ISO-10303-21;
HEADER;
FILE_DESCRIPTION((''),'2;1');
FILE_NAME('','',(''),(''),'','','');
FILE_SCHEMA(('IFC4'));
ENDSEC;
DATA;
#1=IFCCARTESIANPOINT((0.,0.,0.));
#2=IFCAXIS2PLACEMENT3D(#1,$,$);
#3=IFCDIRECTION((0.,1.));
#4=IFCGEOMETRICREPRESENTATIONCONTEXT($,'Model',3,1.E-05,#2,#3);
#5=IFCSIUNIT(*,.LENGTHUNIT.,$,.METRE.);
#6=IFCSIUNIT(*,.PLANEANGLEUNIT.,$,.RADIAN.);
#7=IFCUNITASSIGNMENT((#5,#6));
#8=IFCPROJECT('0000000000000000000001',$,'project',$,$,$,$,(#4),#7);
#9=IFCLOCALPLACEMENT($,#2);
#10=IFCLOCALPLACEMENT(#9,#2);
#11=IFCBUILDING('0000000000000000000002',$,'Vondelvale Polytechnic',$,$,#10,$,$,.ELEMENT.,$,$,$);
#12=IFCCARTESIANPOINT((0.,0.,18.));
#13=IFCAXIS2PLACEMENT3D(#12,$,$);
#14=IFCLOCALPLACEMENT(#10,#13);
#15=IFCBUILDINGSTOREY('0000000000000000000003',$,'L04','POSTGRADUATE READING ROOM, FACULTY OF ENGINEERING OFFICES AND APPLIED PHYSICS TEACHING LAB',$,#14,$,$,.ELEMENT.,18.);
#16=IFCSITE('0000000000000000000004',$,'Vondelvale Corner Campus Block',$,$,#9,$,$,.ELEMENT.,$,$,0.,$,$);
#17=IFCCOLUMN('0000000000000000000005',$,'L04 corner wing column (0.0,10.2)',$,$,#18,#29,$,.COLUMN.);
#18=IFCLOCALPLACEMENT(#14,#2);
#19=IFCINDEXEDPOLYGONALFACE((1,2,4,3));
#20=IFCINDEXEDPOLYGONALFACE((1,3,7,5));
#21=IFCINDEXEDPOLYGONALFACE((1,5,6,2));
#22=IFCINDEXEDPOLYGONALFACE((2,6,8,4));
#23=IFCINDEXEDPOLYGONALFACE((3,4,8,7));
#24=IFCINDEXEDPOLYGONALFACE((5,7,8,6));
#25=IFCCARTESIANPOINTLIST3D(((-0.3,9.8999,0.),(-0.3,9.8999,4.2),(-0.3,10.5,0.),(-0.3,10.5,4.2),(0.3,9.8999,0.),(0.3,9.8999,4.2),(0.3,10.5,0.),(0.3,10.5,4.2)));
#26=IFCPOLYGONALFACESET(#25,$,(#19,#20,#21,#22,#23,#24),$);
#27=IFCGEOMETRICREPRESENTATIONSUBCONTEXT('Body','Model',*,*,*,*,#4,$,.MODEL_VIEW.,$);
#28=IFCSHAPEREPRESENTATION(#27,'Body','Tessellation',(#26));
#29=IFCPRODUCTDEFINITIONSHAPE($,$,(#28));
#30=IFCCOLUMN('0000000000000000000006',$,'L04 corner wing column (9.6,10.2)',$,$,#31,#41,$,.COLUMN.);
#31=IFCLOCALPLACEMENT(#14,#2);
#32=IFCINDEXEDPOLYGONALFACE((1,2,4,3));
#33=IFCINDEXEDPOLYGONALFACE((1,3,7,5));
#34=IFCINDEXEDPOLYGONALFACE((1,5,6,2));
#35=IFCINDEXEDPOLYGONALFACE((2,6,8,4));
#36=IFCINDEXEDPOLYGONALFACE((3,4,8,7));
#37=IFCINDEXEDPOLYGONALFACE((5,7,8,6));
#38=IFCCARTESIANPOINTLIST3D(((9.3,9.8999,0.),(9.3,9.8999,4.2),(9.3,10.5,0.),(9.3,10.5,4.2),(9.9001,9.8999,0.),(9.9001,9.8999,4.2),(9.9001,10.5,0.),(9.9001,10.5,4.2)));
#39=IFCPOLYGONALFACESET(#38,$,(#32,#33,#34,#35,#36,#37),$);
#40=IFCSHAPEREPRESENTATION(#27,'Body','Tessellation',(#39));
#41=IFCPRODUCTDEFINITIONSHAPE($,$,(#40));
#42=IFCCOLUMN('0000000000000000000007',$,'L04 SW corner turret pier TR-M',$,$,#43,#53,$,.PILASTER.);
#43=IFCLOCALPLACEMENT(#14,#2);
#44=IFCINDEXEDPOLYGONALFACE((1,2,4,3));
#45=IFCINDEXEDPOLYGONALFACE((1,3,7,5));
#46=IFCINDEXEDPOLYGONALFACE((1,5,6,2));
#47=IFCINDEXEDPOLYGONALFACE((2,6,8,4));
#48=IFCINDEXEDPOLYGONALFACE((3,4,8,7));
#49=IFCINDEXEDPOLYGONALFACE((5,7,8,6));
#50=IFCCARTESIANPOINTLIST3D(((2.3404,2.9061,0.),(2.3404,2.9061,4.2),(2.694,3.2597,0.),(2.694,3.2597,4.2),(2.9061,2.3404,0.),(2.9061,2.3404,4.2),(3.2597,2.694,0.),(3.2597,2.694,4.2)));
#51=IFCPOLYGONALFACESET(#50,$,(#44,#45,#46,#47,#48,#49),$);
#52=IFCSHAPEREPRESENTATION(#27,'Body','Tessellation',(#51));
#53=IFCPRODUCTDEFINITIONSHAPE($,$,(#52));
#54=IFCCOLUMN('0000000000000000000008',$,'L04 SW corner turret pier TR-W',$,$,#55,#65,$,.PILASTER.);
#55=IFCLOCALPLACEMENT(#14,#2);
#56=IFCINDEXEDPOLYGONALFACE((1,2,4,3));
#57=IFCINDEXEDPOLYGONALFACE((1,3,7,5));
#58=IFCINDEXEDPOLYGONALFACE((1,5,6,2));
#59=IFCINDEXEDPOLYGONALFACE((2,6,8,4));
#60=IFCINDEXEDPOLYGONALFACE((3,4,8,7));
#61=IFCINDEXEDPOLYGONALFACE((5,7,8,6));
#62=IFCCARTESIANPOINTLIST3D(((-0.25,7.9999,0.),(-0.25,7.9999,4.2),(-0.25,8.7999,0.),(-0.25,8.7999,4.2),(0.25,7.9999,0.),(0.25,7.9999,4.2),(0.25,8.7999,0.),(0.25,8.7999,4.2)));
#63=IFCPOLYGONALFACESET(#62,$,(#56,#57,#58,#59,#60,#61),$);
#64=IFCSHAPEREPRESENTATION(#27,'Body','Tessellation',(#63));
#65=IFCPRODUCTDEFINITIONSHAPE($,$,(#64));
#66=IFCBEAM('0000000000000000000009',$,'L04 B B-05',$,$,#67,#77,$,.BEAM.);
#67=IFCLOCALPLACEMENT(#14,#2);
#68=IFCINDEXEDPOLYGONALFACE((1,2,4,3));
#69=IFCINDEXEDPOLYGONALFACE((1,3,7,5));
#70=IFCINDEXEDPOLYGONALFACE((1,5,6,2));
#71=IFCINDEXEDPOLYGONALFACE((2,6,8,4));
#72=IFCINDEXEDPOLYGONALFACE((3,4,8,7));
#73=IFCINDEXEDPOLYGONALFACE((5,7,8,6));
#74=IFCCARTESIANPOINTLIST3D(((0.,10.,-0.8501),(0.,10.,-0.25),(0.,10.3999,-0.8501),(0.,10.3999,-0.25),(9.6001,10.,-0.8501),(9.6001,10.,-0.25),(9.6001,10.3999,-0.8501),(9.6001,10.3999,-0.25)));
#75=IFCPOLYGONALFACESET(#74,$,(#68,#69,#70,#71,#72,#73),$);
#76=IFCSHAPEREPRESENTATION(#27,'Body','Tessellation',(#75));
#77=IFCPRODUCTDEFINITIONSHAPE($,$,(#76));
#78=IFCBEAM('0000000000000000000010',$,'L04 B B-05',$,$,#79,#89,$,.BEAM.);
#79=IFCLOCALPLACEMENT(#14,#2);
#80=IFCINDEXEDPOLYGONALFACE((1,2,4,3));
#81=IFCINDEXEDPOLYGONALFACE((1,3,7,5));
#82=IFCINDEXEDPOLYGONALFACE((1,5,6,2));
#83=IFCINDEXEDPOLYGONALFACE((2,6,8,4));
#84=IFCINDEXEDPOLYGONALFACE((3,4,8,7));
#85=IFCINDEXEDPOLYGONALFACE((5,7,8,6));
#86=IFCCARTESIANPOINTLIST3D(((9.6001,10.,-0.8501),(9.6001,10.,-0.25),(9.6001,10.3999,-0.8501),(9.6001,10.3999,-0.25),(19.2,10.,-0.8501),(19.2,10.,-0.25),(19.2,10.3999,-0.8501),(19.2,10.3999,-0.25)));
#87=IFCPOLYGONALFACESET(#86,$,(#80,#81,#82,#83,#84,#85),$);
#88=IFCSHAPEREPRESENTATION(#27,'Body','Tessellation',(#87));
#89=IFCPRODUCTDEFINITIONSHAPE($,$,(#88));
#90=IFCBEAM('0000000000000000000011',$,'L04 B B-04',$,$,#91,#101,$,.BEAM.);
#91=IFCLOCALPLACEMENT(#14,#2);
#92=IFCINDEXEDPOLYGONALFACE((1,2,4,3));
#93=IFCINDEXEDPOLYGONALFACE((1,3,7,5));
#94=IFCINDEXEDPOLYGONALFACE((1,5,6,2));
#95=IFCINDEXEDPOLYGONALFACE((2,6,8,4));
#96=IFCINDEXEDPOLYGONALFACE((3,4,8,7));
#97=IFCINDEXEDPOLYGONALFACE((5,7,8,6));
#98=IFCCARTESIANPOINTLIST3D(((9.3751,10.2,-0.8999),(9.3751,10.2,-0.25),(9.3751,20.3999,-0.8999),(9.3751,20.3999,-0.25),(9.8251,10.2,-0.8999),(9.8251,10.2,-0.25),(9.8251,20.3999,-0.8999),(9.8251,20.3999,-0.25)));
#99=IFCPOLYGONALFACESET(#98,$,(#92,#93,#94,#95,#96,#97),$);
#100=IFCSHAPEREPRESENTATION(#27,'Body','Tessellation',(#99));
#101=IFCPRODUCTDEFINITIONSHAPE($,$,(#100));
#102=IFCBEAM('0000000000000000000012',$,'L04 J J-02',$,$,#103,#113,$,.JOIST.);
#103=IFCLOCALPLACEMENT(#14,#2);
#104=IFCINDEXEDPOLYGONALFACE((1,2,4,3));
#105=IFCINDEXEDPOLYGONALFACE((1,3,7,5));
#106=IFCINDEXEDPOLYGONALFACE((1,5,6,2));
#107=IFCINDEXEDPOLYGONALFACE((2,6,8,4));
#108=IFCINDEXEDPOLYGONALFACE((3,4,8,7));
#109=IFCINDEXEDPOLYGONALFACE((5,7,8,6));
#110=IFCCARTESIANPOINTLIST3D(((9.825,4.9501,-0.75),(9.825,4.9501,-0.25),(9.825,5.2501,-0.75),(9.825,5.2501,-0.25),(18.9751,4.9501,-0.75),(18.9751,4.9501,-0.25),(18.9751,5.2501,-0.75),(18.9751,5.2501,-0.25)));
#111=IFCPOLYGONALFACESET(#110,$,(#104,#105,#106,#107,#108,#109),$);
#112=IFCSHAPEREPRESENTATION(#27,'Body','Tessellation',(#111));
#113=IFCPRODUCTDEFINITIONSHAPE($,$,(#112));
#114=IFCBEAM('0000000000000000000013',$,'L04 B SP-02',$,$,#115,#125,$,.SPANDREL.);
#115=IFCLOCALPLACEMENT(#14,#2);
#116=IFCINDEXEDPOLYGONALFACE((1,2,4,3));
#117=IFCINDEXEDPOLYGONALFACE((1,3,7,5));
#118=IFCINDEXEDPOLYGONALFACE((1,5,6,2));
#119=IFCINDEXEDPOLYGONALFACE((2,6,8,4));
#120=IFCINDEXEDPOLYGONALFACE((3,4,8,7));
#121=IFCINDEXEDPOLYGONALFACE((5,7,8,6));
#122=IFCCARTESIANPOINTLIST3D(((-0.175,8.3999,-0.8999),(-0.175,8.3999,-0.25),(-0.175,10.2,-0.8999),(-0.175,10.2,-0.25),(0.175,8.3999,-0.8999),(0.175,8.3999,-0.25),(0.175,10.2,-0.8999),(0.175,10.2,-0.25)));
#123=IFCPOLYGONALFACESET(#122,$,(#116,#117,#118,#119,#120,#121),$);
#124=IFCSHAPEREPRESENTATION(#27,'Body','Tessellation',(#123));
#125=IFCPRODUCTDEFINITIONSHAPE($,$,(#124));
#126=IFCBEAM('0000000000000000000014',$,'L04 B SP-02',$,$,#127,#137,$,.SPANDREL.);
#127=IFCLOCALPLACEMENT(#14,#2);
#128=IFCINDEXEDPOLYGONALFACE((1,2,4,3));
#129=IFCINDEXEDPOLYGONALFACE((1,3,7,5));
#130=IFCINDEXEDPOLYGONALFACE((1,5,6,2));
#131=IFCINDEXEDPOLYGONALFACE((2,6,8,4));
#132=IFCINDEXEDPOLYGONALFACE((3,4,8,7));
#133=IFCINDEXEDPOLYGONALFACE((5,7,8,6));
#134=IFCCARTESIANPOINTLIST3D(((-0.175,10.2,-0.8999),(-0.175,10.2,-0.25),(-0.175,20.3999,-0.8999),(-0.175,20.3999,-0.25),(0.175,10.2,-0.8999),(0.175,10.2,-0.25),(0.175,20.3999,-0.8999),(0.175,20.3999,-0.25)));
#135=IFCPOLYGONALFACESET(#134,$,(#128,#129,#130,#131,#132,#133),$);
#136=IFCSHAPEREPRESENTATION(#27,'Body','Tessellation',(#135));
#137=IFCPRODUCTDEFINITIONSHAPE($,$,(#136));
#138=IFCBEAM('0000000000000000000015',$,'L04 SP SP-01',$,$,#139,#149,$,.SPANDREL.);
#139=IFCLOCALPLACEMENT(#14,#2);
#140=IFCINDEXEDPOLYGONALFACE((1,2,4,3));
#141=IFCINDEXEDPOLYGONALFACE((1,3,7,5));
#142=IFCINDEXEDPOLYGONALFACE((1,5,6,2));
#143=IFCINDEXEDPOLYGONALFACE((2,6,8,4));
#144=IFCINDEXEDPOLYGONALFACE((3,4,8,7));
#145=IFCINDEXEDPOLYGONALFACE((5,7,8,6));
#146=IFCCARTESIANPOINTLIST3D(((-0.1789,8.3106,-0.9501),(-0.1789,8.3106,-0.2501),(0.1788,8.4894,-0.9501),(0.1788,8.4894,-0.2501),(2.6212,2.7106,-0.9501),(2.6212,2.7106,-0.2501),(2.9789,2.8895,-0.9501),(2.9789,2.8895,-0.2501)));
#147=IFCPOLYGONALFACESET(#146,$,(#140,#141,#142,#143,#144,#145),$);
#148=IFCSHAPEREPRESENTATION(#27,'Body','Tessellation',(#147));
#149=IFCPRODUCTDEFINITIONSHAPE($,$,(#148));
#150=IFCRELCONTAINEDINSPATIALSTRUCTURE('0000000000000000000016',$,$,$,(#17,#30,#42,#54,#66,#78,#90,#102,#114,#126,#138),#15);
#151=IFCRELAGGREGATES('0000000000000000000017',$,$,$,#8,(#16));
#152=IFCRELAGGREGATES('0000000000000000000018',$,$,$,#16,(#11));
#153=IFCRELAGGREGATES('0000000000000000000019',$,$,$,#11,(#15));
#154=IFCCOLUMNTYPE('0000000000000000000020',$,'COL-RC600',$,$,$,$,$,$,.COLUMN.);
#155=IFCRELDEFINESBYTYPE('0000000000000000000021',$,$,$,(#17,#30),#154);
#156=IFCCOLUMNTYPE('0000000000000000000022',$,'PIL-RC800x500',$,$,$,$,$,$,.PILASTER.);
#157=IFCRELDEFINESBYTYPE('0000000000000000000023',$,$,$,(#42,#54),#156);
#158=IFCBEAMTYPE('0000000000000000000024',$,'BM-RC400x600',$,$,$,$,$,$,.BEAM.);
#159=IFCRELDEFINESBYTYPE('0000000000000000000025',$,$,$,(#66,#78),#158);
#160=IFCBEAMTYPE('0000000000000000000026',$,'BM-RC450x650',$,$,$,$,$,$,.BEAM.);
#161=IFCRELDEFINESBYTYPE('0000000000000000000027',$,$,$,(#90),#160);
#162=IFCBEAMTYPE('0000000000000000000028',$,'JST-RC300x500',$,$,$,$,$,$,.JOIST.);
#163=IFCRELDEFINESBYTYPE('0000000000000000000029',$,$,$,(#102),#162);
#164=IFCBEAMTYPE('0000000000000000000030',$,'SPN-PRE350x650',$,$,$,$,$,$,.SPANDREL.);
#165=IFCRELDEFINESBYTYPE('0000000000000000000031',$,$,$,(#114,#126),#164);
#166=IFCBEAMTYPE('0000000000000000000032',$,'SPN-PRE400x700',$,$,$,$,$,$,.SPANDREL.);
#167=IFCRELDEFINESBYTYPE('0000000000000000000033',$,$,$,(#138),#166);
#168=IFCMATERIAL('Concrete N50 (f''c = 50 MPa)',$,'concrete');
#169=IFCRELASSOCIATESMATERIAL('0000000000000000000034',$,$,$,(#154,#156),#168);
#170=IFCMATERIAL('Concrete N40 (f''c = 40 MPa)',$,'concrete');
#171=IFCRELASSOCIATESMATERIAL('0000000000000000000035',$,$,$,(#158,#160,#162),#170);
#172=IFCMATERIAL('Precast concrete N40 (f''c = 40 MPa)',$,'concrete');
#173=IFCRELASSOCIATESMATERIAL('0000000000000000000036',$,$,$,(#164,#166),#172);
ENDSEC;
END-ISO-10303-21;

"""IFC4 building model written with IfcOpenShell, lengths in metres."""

from ifc_helpers import new_model, si_unit, direction, frame, origin, origin_2d, place, context, subcontext, project, spatial, rectangle, extrude, material, material_profile, profile_set, type_object, element, save


model = new_model("IFC4")

# Units and contexts
model_context = context("Model", 3, precision=1e-05, world=origin(), true_north=direction((0.0, 1.0)))
body_context = subcontext(model_context, "Body", "Model", "MODEL_VIEW")
ifc_project = project(units=[si_unit("LENGTHUNIT", "METRE"), si_unit("PLANEANGLEUNIT", "RADIAN")], contexts=[model_context])

# Site, building, storey
site_placement = place(None, origin())
site = spatial("IfcSite", under=ifc_project, at=site_placement, Name="Vondelvale Corner Campus Block", CompositionType="ELEMENT", RefElevation=0.0)
building_placement = place(site_placement, origin())
building = spatial("IfcBuilding", under=site, at=building_placement, Name="Vondelvale Polytechnic", CompositionType="ELEMENT")
storey_placement = place(building_placement, frame((0.0, 0.0, 18.0)))
storey = spatial("IfcBuildingStorey", under=building, at=storey_placement, Name="L04", Description="POSTGRADUATE READING ROOM, FACULTY OF ENGINEERING OFFICES AND APPLIED PHYSICS TEACHING LAB", CompositionType="ELEMENT", Elevation=18.0)

# Columns
ifc_material_1 = material(Name="Concrete N50 (f'c = 50 MPa)", Category="concrete")
ifc_material_profile_1 = material_profile(ifc_material_1, rectangle(XDim=0.6001, YDim=0.6001, at=origin_2d()), Name="RC-COL-600x600")
ifc_profile_set_1 = profile_set([ifc_material_profile_1], Name="Concrete N50 (f'c = 50 MPa)")
column_type_1 = type_object("IfcColumnType", Name="COL-RC600", PredefinedType="COLUMN", material=ifc_profile_set_1)
for number, where, z_axis, x_axis, name in (
    (1, (0.0, 10.2, 0.0), (0.0, 0.0, 1.0), (1.0, 0.0, 0.0), "L04 corner wing column (0.0,10.2)"),
    (2, (9.6001, 10.2, 0.0), (0.0, 0.0, 1.0), (1.0, 0.0, 0.0), "L04 corner wing column (9.6,10.2)"),
):
    element("IfcColumn", number, at=place(storey_placement, frame(where, z_axis=z_axis, x_axis=x_axis)), inside=storey, type_object=column_type_1, Name=name, PredefinedType="COLUMN", context=body_context, shape_type="SweptSolid", body=[
        extrude(rectangle(XDim=0.6001, YDim=0.6001, at=origin_2d()), origin(), (0.0, 0.0, 1.0), 4.2),
    ])
ifc_material_profile_2 = material_profile(ifc_material_1, rectangle(XDim=0.5, YDim=0.8, at=origin_2d()), Name="RC-PIL-800x500")
ifc_profile_set_2 = profile_set([ifc_material_profile_2], Name="Concrete N50 (f'c = 50 MPa)")
column_type_2 = type_object("IfcColumnType", Name="PIL-RC800x500", PredefinedType="PILASTER", material=ifc_profile_set_2)
for number, where, z_axis, x_axis, name in (
    (3, (2.8, 2.8, 0.0), (0.0, 0.0, 1.0), (0.707107, 0.707107, 0.0), "L04 SW corner turret pier TR-M"),
    (4, (0.0, 8.3999, 0.0), (0.0, 0.0, 1.0), (1.0, 0.0, 0.0), "L04 SW corner turret pier TR-W"),
):
    element("IfcColumn", number, at=place(storey_placement, frame(where, z_axis=z_axis, x_axis=x_axis)), inside=storey, type_object=column_type_2, Name=name, PredefinedType="PILASTER", context=body_context, shape_type="SweptSolid", body=[
        extrude(rectangle(XDim=0.5, YDim=0.8, at=origin_2d()), origin(), (0.0, 0.0, 1.0), 4.2),
    ])

# Beams
ifc_material_2 = material(Name="Concrete N40 (f'c = 40 MPa)", Category="concrete")
ifc_material_profile_3 = material_profile(ifc_material_2, rectangle(XDim=0.3999, YDim=0.6001, at=origin_2d()), Name="RC-BM-400x600")
ifc_profile_set_3 = profile_set([ifc_material_profile_3], Name="Concrete N40 (f'c = 40 MPa)")
beam_type_1 = type_object("IfcBeamType", Name="BM-RC400x600", PredefinedType="BEAM", material=ifc_profile_set_3)
beam_1_placement = place(storey_placement, frame((0.0, 10.2, -0.55), z_axis=(1.0, 0.0, 0.0), x_axis=(0.0, 1.0, 0.0)))
element("IfcBeam", 5, at=beam_1_placement, inside=storey, type_object=beam_type_1, Name="L04 B B-05", PredefinedType="BEAM", context=body_context, shape_type="SweptSolid", body=[
    extrude(rectangle(XDim=0.3999, YDim=0.6001, at=origin_2d()), origin(), (0.0, 0.0, 1.0), 9.6001),
])
beam_2_placement = place(storey_placement, frame((9.6001, 10.2, -0.55), z_axis=(1.0, 0.0, 0.0), x_axis=(0.0, 1.0, 0.0)))
element("IfcBeam", 6, at=beam_2_placement, inside=storey, type_object=beam_type_1, Name="L04 B B-05", PredefinedType="BEAM", context=body_context, shape_type="SweptSolid", body=[
    extrude(rectangle(XDim=0.3999, YDim=0.6001, at=origin_2d()), origin(), (0.0, 0.0, 1.0), 9.5999),
])
ifc_material_profile_4 = material_profile(ifc_material_2, rectangle(XDim=0.45, YDim=0.6499, at=origin_2d()), Name="RC-BM-450x650")
ifc_profile_set_4 = profile_set([ifc_material_profile_4], Name="Concrete N40 (f'c = 40 MPa)")
beam_type_2 = type_object("IfcBeamType", Name="BM-RC450x650", PredefinedType="BEAM", material=ifc_profile_set_4)
beam_3_placement = place(storey_placement, frame((9.6001, 10.2, -0.575), z_axis=(0.0, 1.0, 0.0), x_axis=(-1.0, 0.0, 0.0)))
element("IfcBeam", 7, at=beam_3_placement, inside=storey, type_object=beam_type_2, Name="L04 B B-04", PredefinedType="BEAM", context=body_context, shape_type="SweptSolid", body=[
    extrude(rectangle(XDim=0.45, YDim=0.6499, at=origin_2d()), origin(), (0.0, 0.0, 1.0), 10.2),
])
ifc_material_profile_5 = material_profile(ifc_material_2, rectangle(XDim=0.3, YDim=0.5, at=origin_2d()), Name="RC-JST-300x500")
ifc_profile_set_5 = profile_set([ifc_material_profile_5], Name="Concrete N40 (f'c = 40 MPa)")
beam_type_3 = type_object("IfcBeamType", Name="JST-RC300x500", PredefinedType="JOIST", material=ifc_profile_set_5)
beam_4_placement = place(storey_placement, frame((9.825, 5.1001, -0.5), z_axis=(1.0, 0.0, 0.0), x_axis=(0.0, 1.0, 0.0)))
element("IfcBeam", 8, at=beam_4_placement, inside=storey, type_object=beam_type_3, Name="L04 J J-02", PredefinedType="JOIST", context=body_context, shape_type="SweptSolid", body=[
    extrude(rectangle(XDim=0.3, YDim=0.5, at=origin_2d()), origin(), (0.0, 0.0, 1.0), 9.1501),
])
ifc_material_3 = material(Name="Precast concrete N40 (f'c = 40 MPa)", Category="concrete")
ifc_material_profile_6 = material_profile(ifc_material_3, rectangle(XDim=0.3501, YDim=0.6499, at=origin_2d()), Name="RC-SPN-350x650")
ifc_profile_set_6 = profile_set([ifc_material_profile_6], Name="Precast concrete N40 (f'c = 40 MPa)")
beam_type_4 = type_object("IfcBeamType", Name="SPN-PRE350x650", PredefinedType="SPANDREL", material=ifc_profile_set_6)
beam_5_placement = place(storey_placement, frame((0.0, 8.3999, -0.575), z_axis=(0.0, 1.0, 0.0), x_axis=(-1.0, 0.0, 0.0)))
element("IfcBeam", 9, at=beam_5_placement, inside=storey, type_object=beam_type_4, Name="L04 B SP-02", PredefinedType="SPANDREL", context=body_context, shape_type="SweptSolid", body=[
    extrude(rectangle(XDim=0.3501, YDim=0.6499, at=origin_2d()), origin(), (0.0, 0.0, 1.0), 1.8),
])
beam_6_placement = place(storey_placement, frame((0.0, 10.2, -0.575), z_axis=(0.0, 1.0, 0.0), x_axis=(-1.0, 0.0, 0.0)))
element("IfcBeam", 10, at=beam_6_placement, inside=storey, type_object=beam_type_4, Name="L04 B SP-02", PredefinedType="SPANDREL", context=body_context, shape_type="SweptSolid", body=[
    extrude(rectangle(XDim=0.3501, YDim=0.6499, at=origin_2d()), origin(), (0.0, 0.0, 1.0), 10.2),
])
ifc_material_profile_7 = material_profile(ifc_material_3, rectangle(XDim=0.3999, YDim=0.7, at=origin_2d()), Name="RC-SPN-400x700")
ifc_profile_set_7 = profile_set([ifc_material_profile_7], Name="Precast concrete N40 (f'c = 40 MPa)")
beam_type_5 = type_object("IfcBeamType", Name="SPN-PRE400x700", PredefinedType="SPANDREL", material=ifc_profile_set_7)
beam_7_placement = place(storey_placement, frame((2.8, 2.8, -0.6001), z_axis=(-0.447229, 0.894419, 0.0), x_axis=(-0.894419, -0.447229, 0.0)))
element("IfcBeam", 11, at=beam_7_placement, inside=storey, type_object=beam_type_5, Name="L04 SP SP-01", PredefinedType="SPANDREL", context=body_context, shape_type="SweptSolid", body=[
    extrude(rectangle(XDim=0.3999, YDim=0.7, at=origin_2d()), origin(), (0.0, 0.0, 1.0), 6.261),
])

save(model, "model.ifc")
